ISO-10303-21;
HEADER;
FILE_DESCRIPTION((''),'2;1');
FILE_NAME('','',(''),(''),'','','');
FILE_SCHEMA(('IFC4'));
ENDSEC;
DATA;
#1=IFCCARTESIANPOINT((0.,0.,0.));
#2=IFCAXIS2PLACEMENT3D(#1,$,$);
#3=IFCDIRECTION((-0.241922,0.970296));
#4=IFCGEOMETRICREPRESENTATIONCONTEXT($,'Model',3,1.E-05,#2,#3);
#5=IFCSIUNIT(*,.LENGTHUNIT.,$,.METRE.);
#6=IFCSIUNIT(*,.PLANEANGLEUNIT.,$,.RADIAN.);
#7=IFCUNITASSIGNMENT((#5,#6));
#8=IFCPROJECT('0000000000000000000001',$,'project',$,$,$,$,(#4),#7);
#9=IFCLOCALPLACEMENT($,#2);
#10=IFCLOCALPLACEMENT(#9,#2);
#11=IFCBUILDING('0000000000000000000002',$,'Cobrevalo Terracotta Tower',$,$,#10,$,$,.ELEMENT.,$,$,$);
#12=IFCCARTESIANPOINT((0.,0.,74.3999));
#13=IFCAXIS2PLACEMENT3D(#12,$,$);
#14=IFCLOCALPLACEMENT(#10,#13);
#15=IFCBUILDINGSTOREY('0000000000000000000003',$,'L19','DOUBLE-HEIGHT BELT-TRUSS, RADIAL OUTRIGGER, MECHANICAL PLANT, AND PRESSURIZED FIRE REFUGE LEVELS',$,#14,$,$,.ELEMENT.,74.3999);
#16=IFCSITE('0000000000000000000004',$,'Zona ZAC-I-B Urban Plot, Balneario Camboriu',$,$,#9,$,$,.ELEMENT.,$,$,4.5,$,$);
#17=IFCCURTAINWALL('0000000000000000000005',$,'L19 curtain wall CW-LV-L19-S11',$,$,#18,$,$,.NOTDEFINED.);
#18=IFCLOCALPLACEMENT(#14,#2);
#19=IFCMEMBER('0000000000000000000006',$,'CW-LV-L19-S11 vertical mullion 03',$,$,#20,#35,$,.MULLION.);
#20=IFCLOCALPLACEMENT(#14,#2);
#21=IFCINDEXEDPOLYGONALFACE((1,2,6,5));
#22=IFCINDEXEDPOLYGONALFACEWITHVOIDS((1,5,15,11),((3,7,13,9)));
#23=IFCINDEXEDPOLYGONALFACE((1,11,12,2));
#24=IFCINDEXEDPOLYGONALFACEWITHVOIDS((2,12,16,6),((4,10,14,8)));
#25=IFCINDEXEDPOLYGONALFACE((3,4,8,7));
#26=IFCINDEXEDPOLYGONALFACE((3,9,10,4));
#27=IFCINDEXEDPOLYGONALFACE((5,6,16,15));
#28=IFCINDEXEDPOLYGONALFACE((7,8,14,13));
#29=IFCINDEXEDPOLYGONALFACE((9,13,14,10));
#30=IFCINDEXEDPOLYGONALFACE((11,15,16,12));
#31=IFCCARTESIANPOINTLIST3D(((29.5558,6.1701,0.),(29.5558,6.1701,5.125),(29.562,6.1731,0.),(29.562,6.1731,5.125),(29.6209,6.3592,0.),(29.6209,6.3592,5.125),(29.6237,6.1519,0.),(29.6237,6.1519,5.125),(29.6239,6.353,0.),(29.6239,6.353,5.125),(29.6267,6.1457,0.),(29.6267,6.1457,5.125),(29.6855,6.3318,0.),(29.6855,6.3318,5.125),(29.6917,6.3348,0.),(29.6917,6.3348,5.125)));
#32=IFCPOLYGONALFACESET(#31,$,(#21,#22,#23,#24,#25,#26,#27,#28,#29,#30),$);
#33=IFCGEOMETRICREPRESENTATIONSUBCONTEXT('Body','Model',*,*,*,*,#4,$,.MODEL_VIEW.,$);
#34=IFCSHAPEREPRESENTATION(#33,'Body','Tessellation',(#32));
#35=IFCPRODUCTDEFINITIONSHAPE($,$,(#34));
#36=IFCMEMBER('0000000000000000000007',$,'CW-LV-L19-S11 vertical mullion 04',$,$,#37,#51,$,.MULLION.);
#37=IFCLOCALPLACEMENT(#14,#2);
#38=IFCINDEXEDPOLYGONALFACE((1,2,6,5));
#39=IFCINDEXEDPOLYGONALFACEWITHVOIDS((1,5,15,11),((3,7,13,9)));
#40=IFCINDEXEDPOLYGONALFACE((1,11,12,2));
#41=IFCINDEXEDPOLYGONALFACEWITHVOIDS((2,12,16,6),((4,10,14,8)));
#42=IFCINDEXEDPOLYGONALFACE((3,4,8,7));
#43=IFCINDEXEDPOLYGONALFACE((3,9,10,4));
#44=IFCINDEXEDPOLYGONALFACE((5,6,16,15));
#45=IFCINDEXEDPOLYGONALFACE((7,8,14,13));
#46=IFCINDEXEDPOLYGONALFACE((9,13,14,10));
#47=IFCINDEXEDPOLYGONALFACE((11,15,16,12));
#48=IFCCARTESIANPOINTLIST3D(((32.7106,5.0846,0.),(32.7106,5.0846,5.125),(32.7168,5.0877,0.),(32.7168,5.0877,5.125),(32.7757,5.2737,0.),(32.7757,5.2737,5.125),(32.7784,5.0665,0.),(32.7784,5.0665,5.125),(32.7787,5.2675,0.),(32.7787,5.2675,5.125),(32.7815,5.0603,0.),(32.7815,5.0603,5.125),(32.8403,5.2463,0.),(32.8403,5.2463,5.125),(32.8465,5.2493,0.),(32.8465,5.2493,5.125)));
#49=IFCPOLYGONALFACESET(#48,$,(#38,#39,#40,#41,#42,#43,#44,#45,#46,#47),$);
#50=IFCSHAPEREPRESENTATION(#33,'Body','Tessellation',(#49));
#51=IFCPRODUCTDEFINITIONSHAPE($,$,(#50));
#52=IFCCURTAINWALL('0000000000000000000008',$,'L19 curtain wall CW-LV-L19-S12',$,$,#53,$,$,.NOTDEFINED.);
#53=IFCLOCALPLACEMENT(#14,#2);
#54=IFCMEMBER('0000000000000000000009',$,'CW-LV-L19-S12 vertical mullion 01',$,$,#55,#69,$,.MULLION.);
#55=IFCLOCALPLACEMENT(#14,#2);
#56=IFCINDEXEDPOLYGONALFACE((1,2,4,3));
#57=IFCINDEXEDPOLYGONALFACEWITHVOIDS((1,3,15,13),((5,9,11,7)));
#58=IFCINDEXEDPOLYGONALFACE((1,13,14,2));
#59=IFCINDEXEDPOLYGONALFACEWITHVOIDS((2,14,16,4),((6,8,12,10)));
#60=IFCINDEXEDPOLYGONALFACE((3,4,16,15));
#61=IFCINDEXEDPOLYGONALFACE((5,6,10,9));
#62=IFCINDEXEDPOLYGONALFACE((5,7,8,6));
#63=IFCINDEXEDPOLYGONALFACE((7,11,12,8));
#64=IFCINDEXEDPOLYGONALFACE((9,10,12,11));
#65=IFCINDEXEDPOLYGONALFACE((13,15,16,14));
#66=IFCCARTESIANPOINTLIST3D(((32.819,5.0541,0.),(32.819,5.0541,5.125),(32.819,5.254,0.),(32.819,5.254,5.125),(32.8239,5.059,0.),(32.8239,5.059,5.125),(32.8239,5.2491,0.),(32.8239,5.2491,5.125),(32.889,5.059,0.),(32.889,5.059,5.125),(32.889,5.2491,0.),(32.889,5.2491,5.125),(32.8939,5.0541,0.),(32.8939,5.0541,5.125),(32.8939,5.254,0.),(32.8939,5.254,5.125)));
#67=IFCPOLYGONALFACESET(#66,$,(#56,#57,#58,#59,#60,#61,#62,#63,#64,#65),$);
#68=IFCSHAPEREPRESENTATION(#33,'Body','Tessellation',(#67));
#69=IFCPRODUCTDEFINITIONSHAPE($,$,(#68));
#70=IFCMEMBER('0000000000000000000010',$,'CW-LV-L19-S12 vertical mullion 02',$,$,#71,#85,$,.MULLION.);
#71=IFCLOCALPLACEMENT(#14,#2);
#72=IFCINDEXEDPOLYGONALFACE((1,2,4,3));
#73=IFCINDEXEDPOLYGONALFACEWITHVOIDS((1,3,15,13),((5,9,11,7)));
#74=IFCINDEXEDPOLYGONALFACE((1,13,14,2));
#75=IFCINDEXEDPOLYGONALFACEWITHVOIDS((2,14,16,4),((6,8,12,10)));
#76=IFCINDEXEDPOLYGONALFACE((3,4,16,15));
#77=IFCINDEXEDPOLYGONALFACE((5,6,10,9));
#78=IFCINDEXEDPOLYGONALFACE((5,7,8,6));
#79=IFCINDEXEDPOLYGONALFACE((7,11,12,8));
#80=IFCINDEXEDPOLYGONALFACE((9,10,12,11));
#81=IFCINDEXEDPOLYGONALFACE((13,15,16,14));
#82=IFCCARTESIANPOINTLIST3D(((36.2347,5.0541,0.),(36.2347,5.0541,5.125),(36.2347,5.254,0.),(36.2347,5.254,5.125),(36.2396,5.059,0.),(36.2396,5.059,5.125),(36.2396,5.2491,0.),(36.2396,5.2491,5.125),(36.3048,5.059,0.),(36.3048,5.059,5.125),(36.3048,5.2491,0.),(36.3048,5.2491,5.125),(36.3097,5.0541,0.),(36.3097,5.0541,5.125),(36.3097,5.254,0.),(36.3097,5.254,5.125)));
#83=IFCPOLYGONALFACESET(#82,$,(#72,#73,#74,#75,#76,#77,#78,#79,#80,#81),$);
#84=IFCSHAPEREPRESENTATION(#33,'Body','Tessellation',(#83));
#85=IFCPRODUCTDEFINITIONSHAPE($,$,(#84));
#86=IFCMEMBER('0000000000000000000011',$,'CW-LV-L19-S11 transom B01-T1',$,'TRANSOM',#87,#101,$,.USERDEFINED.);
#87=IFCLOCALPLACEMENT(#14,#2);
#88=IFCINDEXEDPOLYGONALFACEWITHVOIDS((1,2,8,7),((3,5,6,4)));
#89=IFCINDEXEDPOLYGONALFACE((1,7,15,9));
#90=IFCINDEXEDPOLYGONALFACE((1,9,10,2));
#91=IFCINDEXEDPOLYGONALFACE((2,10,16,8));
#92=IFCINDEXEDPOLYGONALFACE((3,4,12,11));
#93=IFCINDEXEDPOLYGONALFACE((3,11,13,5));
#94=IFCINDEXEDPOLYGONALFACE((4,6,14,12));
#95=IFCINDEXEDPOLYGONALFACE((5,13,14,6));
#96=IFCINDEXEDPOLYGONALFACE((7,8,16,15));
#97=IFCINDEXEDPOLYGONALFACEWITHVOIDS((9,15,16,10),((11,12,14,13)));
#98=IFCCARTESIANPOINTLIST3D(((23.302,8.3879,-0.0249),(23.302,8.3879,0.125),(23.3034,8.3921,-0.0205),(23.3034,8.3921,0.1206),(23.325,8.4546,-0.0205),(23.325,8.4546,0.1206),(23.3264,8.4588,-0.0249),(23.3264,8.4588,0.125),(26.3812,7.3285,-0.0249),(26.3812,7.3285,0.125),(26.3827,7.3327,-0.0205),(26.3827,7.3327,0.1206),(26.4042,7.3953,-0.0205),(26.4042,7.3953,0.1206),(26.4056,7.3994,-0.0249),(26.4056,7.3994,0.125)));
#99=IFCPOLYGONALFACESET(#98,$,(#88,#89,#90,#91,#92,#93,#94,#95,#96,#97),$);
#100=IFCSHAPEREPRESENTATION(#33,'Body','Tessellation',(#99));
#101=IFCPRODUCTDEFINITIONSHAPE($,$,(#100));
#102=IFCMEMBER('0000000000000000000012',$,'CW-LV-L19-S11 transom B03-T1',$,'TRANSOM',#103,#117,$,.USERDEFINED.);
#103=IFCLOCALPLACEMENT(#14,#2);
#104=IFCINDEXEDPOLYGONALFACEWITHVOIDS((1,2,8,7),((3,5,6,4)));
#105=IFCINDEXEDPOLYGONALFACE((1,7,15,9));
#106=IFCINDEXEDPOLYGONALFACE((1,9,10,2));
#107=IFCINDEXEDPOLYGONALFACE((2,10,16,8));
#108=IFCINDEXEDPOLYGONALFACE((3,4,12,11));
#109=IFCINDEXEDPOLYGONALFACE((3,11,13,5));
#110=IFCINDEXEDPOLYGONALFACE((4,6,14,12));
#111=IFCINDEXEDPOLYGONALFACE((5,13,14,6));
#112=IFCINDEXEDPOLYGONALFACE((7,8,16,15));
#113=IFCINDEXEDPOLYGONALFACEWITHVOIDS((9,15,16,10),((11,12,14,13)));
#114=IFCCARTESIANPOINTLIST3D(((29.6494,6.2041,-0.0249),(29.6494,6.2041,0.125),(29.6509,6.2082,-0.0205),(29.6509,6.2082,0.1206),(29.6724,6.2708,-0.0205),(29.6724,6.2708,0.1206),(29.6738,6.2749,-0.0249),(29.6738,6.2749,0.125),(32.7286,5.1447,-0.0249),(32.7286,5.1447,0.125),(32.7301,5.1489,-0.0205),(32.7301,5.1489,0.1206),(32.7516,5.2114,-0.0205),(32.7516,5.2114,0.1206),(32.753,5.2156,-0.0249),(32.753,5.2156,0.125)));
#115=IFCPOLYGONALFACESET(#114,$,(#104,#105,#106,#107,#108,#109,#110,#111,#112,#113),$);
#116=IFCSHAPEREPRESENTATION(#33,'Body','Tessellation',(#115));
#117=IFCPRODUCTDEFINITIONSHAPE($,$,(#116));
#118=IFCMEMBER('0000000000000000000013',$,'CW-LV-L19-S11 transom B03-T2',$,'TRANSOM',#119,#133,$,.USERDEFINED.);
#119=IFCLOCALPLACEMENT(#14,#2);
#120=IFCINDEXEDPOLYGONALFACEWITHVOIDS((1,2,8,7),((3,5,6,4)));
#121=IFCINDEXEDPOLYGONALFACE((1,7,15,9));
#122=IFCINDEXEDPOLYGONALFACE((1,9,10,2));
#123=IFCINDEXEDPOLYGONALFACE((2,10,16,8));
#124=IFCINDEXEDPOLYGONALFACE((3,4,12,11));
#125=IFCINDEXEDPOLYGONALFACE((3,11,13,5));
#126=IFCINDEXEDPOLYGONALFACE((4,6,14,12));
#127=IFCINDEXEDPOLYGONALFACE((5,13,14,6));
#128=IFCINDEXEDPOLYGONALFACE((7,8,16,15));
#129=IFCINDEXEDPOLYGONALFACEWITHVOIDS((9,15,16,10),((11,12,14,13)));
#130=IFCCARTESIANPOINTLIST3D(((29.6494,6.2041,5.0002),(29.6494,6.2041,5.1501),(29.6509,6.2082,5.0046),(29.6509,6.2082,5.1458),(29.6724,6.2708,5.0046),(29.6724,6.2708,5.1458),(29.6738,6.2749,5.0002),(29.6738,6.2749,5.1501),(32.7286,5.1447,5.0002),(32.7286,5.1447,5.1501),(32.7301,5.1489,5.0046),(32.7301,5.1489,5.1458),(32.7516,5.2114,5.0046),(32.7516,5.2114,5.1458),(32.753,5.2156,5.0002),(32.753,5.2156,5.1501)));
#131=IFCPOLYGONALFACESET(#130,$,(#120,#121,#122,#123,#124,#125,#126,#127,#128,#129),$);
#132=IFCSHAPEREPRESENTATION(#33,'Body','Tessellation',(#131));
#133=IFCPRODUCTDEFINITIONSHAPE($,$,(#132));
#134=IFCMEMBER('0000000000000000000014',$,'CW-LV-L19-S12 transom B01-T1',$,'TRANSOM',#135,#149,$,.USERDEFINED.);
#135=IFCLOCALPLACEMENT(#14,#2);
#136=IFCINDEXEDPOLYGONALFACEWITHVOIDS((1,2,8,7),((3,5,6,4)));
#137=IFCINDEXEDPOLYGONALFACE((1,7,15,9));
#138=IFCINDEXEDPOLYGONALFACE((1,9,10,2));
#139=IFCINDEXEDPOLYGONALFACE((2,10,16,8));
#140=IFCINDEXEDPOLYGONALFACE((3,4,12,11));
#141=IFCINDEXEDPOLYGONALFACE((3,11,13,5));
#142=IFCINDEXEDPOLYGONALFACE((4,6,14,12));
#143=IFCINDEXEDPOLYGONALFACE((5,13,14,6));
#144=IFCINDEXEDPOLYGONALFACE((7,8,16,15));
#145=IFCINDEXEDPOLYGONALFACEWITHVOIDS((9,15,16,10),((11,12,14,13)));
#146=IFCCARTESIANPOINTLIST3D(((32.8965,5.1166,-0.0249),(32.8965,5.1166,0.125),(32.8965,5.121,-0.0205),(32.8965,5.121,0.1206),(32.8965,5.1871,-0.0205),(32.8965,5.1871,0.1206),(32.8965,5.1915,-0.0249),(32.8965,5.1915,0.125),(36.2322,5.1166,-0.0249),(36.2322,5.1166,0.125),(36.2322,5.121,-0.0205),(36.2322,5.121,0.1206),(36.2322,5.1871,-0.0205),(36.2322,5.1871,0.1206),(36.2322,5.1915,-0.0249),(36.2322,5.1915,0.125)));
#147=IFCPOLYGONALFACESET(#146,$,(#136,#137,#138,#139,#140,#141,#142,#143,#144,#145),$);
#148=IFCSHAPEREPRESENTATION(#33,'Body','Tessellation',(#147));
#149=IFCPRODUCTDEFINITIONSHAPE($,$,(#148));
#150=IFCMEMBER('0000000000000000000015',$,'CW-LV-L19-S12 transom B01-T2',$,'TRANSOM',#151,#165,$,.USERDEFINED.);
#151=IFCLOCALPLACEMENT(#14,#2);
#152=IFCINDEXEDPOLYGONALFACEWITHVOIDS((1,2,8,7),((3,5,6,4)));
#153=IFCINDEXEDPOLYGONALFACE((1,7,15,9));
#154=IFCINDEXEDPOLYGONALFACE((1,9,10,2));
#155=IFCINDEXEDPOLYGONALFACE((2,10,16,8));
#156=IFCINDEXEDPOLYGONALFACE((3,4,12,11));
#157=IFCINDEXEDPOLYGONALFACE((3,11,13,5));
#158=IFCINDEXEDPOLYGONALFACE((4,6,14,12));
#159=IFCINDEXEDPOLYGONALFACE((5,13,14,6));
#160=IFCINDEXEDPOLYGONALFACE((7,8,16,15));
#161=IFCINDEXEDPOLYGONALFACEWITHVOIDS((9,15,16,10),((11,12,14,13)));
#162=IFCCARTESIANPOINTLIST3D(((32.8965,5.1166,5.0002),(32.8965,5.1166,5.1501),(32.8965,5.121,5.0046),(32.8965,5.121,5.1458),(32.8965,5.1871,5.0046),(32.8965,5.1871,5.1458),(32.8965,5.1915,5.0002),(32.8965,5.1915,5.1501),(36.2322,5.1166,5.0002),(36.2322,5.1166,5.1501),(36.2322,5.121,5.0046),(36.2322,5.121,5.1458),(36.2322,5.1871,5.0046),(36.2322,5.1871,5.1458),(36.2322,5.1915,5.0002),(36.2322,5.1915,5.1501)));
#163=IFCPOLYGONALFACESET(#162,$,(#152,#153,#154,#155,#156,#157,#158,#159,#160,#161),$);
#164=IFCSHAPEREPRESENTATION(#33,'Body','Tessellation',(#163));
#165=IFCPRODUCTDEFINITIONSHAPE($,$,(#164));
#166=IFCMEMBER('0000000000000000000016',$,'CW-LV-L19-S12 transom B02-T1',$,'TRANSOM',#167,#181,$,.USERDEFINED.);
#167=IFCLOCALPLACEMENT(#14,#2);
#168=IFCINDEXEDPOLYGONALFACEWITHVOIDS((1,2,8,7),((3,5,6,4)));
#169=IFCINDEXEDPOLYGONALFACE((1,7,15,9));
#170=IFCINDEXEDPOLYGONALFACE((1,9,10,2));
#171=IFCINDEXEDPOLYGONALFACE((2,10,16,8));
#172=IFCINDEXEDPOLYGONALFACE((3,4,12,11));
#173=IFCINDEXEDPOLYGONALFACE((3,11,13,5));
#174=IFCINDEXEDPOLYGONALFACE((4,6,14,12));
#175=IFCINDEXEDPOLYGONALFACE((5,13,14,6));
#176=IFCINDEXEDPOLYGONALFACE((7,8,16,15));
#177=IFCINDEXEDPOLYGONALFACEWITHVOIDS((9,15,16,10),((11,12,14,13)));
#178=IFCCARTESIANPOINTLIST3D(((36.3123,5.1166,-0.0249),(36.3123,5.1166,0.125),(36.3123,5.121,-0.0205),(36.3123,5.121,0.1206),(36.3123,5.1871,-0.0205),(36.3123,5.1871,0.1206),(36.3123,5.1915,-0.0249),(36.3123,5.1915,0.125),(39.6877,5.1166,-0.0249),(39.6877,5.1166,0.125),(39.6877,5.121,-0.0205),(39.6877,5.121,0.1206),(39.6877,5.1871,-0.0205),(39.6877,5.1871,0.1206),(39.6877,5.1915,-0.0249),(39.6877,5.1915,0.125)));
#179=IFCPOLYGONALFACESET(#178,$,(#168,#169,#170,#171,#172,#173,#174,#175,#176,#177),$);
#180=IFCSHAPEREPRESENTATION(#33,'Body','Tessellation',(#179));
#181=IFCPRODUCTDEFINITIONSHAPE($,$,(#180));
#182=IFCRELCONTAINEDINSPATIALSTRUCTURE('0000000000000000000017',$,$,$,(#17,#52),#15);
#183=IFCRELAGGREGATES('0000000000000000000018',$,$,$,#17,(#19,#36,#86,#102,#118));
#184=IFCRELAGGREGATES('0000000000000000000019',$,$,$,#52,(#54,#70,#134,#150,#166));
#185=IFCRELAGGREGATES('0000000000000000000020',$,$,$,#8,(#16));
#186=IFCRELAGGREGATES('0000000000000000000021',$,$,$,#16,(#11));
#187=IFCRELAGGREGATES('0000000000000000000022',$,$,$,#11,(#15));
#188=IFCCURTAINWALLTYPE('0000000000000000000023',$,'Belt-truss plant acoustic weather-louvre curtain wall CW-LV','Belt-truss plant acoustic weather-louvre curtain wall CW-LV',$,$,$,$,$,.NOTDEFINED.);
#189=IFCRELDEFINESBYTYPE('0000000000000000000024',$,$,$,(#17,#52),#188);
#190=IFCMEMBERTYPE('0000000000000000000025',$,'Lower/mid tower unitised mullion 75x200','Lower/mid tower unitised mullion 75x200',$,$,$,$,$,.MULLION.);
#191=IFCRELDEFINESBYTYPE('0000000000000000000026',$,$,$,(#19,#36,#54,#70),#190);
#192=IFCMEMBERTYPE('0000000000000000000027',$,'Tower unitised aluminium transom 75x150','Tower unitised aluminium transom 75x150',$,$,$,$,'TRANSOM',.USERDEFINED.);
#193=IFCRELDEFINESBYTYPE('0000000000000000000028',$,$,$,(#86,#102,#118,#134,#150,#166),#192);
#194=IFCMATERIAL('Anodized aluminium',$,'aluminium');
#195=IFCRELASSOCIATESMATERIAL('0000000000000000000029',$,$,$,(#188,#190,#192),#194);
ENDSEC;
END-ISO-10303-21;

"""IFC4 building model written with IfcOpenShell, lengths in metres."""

from ifc_helpers import new_model, si_unit, direction, frame, origin, origin_2d, place, context, subcontext, project, spatial, hollow_rectangle, extrude, source, transform, mapped, material, material_profile, profile_set, type_object, element, aggregate, save


model = new_model("IFC4")

# Units and contexts
model_context = context("Model", 3, precision=1e-05, world=origin(), true_north=direction((-0.241922, 0.970296)))
body_context = subcontext(model_context, "Body", "Model", "MODEL_VIEW")
ifc_project = project(units=[si_unit("LENGTHUNIT", "METRE"), si_unit("PLANEANGLEUNIT", "RADIAN")], contexts=[model_context])

# Site, building, storey
site_placement = place(None, origin())
site = spatial("IfcSite", under=ifc_project, at=site_placement, Name="Zona ZAC-I-B Urban Plot, Balneario Camboriu", CompositionType="ELEMENT", RefElevation=4.5)
building_placement = place(site_placement, origin())
building = spatial("IfcBuilding", under=site, at=building_placement, Name="Cobrevalo Terracotta Tower", CompositionType="ELEMENT")
storey_placement = place(building_placement, frame((0.0, 0.0, 74.3999)))
storey = spatial("IfcBuildingStorey", under=building, at=storey_placement, Name="L19", Description="DOUBLE-HEIGHT BELT-TRUSS, RADIAL OUTRIGGER, MECHANICAL PLANT, AND PRESSURIZED FIRE REFUGE LEVELS", CompositionType="ELEMENT", Elevation=74.3999)

# Curtain walls, members
ifc_material_1 = material(Name="Anodized aluminium", Category="aluminium")
curtain_wall_type = type_object("IfcCurtainWallType", Name="Belt-truss plant acoustic weather-louvre curtain wall CW-LV", Description="Belt-truss plant acoustic weather-louvre curtain wall CW-LV", PredefinedType="NOTDEFINED", material=ifc_material_1)
curtain_wall_1_placement = place(storey_placement, origin())
curtain_wall_1 = element("IfcCurtainWall", 1, at=curtain_wall_1_placement, inside=storey, type_object=curtain_wall_type, Name="L19 curtain wall CW-LV-L19-S11", PredefinedType="NOTDEFINED")
ifc_material_profile_1 = material_profile(ifc_material_1, hollow_rectangle(XDim=0.075, YDim=0.2, WallThickness=0.0049, at=origin_2d()), Name="CWM 75x200")
ifc_profile_set_1 = profile_set([ifc_material_profile_1], Name="Anodized aluminium")
member_type_1 = type_object("IfcMemberType", Name="Lower/mid tower unitised mullion 75x200", Description="Lower/mid tower unitised mullion 75x200", PredefinedType="MULLION", material=ifc_profile_set_1)
shared_shape_1 = source(origin(), body_context, "Body", "SweptSolid", [
    extrude(hollow_rectangle(XDim=0.075, YDim=0.2, WallThickness=0.0049, at=origin_2d()), origin(), (0.0, 0.0, 1.0), 5.125),
])
member_1_placement = place(storey_placement, frame((29.6238, 6.2524, 0.0), z_axis=(0.0, 0.0, 1.0), x_axis=(0.945598, -0.325337, 0.0)))
member_1 = element("IfcMember", 2, at=member_1_placement, type_object=member_type_1, Name="CW-LV-L19-S11 vertical mullion 03", PredefinedType="MULLION", context=body_context, shape_type="MappedRepresentation", body=[
    mapped(shared_shape_1, transform((0.0, 0.0, 0.0), scale=1.0)),
])
member_2_placement = place(storey_placement, frame((32.7786, 5.167, 0.0), z_axis=(0.0, 0.0, 1.0), x_axis=(0.945598, -0.325337, 0.0)))
member_2 = element("IfcMember", 3, at=member_2_placement, type_object=member_type_1, Name="CW-LV-L19-S11 vertical mullion 04", PredefinedType="MULLION", context=body_context, shape_type="MappedRepresentation", body=[
    mapped(shared_shape_1, transform((0.0, 0.0, 0.0), scale=1.0)),
])
curtain_wall_2_placement = place(storey_placement, origin())
curtain_wall_2 = element("IfcCurtainWall", 4, at=curtain_wall_2_placement, inside=storey, type_object=curtain_wall_type, Name="L19 curtain wall CW-LV-L19-S12", PredefinedType="NOTDEFINED")
member_3_placement = place(storey_placement, frame((32.8564, 5.1541, 0.0), z_axis=(0.0, 0.0, 1.0), x_axis=(1.0, 0.0, 0.0)))
member_3 = element("IfcMember", 5, at=member_3_placement, type_object=member_type_1, Name="CW-LV-L19-S12 vertical mullion 01", PredefinedType="MULLION", context=body_context, shape_type="MappedRepresentation", body=[
    mapped(shared_shape_1, transform((0.0, 0.0, 0.0), scale=1.0)),
])
member_4_placement = place(storey_placement, frame((36.2722, 5.1541, 0.0), z_axis=(0.0, 0.0, 1.0), x_axis=(1.0, 0.0, 0.0)))
member_4 = element("IfcMember", 6, at=member_4_placement, type_object=member_type_1, Name="CW-LV-L19-S12 vertical mullion 02", PredefinedType="MULLION", context=body_context, shape_type="MappedRepresentation", body=[
    mapped(shared_shape_1, transform((0.0, 0.0, 0.0), scale=1.0)),
])

# Members
ifc_material_profile_2 = material_profile(ifc_material_1, hollow_rectangle(XDim=0.075, YDim=0.1499, WallThickness=0.0044, at=origin_2d()), Name="CWT 75x150")
ifc_profile_set_2 = profile_set([ifc_material_profile_2], Name="Anodized aluminium")
member_type_2 = type_object("IfcMemberType", Name="Tower unitised aluminium transom 75x150", Description="Tower unitised aluminium transom 75x150", ElementType="TRANSOM", PredefinedType="USERDEFINED", material=ifc_profile_set_2)
shared_shape_2 = source(origin(), body_context, "Body", "SweptSolid", [
    extrude(hollow_rectangle(XDim=0.075, YDim=0.1499, WallThickness=0.0044, at=origin_2d()), origin(), (0.0, 0.0, 1.0), 3.2563),
])
member_5_placement = place(storey_placement, frame((23.3142, 8.4233, 0.05), z_axis=(0.945603, -0.325323, 0.0), x_axis=(0.325323, 0.945603, 0.0)))
member_5 = element("IfcMember", 7, at=member_5_placement, type_object=member_type_2, Name="CW-LV-L19-S11 transom B01-T1", ObjectType="TRANSOM", PredefinedType="USERDEFINED", context=body_context, shape_type="MappedRepresentation", body=[
    mapped(shared_shape_2, transform((0.0, 0.0, 0.0), scale=1.0)),
])
member_6_placement = place(storey_placement, frame((29.6616, 6.2395, 0.05), z_axis=(0.945603, -0.325323, 0.0), x_axis=(0.325323, 0.945603, 0.0)))
member_6 = element("IfcMember", 8, at=member_6_placement, type_object=member_type_2, Name="CW-LV-L19-S11 transom B03-T1", ObjectType="TRANSOM", PredefinedType="USERDEFINED", context=body_context, shape_type="MappedRepresentation", body=[
    mapped(shared_shape_2, transform((0.0, 0.0, 0.0), scale=1.0)),
])
member_7_placement = place(storey_placement, frame((29.6616, 6.2395, 5.0752), z_axis=(0.945603, -0.325323, 0.0), x_axis=(0.325323, 0.945603, 0.0)))
member_7 = element("IfcMember", 9, at=member_7_placement, type_object=member_type_2, Name="CW-LV-L19-S11 transom B03-T2", ObjectType="TRANSOM", PredefinedType="USERDEFINED", context=body_context, shape_type="MappedRepresentation", body=[
    mapped(shared_shape_2, transform((0.0, 0.0, 0.0), scale=1.0)),
])
shared_shape_3 = source(origin(), body_context, "Body", "SweptSolid", [
    extrude(hollow_rectangle(XDim=0.075, YDim=0.1499, WallThickness=0.0044, at=origin_2d()), origin(), (0.0, 0.0, 1.0), 3.3357),
])
member_8_placement = place(storey_placement, frame((32.8965, 5.1541, 0.05), z_axis=(1.0, 0.0, 0.0), x_axis=(0.0, 1.0, 0.0)))
member_8 = element("IfcMember", 10, at=member_8_placement, type_object=member_type_2, Name="CW-LV-L19-S12 transom B01-T1", ObjectType="TRANSOM", PredefinedType="USERDEFINED", context=body_context, shape_type="MappedRepresentation", body=[
    mapped(shared_shape_3, transform((0.0, 0.0, 0.0), scale=1.0)),
])
member_9_placement = place(storey_placement, frame((32.8965, 5.1541, 5.0752), z_axis=(1.0, 0.0, 0.0), x_axis=(0.0, 1.0, 0.0)))
member_9 = element("IfcMember", 11, at=member_9_placement, type_object=member_type_2, Name="CW-LV-L19-S12 transom B01-T2", ObjectType="TRANSOM", PredefinedType="USERDEFINED", context=body_context, shape_type="MappedRepresentation", body=[
    mapped(shared_shape_3, transform((0.0, 0.0, 0.0), scale=1.0)),
])
shared_shape_4 = source(origin(), body_context, "Body", "SweptSolid", [
    extrude(hollow_rectangle(XDim=0.075, YDim=0.1499, WallThickness=0.0044, at=origin_2d()), origin(), (0.0, 0.0, 1.0), 3.3755),
])
member_10_placement = place(storey_placement, frame((36.3123, 5.1541, 0.05), z_axis=(1.0, 0.0, 0.0), x_axis=(0.0, 1.0, 0.0)))
member_10 = element("IfcMember", 12, at=member_10_placement, type_object=member_type_2, Name="CW-LV-L19-S12 transom B02-T1", ObjectType="TRANSOM", PredefinedType="USERDEFINED", context=body_context, shape_type="MappedRepresentation", body=[
    mapped(shared_shape_4, transform((0.0, 0.0, 0.0), scale=1.0)),
])

aggregate(curtain_wall_1, [member_1, member_2, member_5, member_6, member_7])
aggregate(curtain_wall_2, [member_3, member_4, member_8, member_9, member_10])

save(model, "model.ifc")
